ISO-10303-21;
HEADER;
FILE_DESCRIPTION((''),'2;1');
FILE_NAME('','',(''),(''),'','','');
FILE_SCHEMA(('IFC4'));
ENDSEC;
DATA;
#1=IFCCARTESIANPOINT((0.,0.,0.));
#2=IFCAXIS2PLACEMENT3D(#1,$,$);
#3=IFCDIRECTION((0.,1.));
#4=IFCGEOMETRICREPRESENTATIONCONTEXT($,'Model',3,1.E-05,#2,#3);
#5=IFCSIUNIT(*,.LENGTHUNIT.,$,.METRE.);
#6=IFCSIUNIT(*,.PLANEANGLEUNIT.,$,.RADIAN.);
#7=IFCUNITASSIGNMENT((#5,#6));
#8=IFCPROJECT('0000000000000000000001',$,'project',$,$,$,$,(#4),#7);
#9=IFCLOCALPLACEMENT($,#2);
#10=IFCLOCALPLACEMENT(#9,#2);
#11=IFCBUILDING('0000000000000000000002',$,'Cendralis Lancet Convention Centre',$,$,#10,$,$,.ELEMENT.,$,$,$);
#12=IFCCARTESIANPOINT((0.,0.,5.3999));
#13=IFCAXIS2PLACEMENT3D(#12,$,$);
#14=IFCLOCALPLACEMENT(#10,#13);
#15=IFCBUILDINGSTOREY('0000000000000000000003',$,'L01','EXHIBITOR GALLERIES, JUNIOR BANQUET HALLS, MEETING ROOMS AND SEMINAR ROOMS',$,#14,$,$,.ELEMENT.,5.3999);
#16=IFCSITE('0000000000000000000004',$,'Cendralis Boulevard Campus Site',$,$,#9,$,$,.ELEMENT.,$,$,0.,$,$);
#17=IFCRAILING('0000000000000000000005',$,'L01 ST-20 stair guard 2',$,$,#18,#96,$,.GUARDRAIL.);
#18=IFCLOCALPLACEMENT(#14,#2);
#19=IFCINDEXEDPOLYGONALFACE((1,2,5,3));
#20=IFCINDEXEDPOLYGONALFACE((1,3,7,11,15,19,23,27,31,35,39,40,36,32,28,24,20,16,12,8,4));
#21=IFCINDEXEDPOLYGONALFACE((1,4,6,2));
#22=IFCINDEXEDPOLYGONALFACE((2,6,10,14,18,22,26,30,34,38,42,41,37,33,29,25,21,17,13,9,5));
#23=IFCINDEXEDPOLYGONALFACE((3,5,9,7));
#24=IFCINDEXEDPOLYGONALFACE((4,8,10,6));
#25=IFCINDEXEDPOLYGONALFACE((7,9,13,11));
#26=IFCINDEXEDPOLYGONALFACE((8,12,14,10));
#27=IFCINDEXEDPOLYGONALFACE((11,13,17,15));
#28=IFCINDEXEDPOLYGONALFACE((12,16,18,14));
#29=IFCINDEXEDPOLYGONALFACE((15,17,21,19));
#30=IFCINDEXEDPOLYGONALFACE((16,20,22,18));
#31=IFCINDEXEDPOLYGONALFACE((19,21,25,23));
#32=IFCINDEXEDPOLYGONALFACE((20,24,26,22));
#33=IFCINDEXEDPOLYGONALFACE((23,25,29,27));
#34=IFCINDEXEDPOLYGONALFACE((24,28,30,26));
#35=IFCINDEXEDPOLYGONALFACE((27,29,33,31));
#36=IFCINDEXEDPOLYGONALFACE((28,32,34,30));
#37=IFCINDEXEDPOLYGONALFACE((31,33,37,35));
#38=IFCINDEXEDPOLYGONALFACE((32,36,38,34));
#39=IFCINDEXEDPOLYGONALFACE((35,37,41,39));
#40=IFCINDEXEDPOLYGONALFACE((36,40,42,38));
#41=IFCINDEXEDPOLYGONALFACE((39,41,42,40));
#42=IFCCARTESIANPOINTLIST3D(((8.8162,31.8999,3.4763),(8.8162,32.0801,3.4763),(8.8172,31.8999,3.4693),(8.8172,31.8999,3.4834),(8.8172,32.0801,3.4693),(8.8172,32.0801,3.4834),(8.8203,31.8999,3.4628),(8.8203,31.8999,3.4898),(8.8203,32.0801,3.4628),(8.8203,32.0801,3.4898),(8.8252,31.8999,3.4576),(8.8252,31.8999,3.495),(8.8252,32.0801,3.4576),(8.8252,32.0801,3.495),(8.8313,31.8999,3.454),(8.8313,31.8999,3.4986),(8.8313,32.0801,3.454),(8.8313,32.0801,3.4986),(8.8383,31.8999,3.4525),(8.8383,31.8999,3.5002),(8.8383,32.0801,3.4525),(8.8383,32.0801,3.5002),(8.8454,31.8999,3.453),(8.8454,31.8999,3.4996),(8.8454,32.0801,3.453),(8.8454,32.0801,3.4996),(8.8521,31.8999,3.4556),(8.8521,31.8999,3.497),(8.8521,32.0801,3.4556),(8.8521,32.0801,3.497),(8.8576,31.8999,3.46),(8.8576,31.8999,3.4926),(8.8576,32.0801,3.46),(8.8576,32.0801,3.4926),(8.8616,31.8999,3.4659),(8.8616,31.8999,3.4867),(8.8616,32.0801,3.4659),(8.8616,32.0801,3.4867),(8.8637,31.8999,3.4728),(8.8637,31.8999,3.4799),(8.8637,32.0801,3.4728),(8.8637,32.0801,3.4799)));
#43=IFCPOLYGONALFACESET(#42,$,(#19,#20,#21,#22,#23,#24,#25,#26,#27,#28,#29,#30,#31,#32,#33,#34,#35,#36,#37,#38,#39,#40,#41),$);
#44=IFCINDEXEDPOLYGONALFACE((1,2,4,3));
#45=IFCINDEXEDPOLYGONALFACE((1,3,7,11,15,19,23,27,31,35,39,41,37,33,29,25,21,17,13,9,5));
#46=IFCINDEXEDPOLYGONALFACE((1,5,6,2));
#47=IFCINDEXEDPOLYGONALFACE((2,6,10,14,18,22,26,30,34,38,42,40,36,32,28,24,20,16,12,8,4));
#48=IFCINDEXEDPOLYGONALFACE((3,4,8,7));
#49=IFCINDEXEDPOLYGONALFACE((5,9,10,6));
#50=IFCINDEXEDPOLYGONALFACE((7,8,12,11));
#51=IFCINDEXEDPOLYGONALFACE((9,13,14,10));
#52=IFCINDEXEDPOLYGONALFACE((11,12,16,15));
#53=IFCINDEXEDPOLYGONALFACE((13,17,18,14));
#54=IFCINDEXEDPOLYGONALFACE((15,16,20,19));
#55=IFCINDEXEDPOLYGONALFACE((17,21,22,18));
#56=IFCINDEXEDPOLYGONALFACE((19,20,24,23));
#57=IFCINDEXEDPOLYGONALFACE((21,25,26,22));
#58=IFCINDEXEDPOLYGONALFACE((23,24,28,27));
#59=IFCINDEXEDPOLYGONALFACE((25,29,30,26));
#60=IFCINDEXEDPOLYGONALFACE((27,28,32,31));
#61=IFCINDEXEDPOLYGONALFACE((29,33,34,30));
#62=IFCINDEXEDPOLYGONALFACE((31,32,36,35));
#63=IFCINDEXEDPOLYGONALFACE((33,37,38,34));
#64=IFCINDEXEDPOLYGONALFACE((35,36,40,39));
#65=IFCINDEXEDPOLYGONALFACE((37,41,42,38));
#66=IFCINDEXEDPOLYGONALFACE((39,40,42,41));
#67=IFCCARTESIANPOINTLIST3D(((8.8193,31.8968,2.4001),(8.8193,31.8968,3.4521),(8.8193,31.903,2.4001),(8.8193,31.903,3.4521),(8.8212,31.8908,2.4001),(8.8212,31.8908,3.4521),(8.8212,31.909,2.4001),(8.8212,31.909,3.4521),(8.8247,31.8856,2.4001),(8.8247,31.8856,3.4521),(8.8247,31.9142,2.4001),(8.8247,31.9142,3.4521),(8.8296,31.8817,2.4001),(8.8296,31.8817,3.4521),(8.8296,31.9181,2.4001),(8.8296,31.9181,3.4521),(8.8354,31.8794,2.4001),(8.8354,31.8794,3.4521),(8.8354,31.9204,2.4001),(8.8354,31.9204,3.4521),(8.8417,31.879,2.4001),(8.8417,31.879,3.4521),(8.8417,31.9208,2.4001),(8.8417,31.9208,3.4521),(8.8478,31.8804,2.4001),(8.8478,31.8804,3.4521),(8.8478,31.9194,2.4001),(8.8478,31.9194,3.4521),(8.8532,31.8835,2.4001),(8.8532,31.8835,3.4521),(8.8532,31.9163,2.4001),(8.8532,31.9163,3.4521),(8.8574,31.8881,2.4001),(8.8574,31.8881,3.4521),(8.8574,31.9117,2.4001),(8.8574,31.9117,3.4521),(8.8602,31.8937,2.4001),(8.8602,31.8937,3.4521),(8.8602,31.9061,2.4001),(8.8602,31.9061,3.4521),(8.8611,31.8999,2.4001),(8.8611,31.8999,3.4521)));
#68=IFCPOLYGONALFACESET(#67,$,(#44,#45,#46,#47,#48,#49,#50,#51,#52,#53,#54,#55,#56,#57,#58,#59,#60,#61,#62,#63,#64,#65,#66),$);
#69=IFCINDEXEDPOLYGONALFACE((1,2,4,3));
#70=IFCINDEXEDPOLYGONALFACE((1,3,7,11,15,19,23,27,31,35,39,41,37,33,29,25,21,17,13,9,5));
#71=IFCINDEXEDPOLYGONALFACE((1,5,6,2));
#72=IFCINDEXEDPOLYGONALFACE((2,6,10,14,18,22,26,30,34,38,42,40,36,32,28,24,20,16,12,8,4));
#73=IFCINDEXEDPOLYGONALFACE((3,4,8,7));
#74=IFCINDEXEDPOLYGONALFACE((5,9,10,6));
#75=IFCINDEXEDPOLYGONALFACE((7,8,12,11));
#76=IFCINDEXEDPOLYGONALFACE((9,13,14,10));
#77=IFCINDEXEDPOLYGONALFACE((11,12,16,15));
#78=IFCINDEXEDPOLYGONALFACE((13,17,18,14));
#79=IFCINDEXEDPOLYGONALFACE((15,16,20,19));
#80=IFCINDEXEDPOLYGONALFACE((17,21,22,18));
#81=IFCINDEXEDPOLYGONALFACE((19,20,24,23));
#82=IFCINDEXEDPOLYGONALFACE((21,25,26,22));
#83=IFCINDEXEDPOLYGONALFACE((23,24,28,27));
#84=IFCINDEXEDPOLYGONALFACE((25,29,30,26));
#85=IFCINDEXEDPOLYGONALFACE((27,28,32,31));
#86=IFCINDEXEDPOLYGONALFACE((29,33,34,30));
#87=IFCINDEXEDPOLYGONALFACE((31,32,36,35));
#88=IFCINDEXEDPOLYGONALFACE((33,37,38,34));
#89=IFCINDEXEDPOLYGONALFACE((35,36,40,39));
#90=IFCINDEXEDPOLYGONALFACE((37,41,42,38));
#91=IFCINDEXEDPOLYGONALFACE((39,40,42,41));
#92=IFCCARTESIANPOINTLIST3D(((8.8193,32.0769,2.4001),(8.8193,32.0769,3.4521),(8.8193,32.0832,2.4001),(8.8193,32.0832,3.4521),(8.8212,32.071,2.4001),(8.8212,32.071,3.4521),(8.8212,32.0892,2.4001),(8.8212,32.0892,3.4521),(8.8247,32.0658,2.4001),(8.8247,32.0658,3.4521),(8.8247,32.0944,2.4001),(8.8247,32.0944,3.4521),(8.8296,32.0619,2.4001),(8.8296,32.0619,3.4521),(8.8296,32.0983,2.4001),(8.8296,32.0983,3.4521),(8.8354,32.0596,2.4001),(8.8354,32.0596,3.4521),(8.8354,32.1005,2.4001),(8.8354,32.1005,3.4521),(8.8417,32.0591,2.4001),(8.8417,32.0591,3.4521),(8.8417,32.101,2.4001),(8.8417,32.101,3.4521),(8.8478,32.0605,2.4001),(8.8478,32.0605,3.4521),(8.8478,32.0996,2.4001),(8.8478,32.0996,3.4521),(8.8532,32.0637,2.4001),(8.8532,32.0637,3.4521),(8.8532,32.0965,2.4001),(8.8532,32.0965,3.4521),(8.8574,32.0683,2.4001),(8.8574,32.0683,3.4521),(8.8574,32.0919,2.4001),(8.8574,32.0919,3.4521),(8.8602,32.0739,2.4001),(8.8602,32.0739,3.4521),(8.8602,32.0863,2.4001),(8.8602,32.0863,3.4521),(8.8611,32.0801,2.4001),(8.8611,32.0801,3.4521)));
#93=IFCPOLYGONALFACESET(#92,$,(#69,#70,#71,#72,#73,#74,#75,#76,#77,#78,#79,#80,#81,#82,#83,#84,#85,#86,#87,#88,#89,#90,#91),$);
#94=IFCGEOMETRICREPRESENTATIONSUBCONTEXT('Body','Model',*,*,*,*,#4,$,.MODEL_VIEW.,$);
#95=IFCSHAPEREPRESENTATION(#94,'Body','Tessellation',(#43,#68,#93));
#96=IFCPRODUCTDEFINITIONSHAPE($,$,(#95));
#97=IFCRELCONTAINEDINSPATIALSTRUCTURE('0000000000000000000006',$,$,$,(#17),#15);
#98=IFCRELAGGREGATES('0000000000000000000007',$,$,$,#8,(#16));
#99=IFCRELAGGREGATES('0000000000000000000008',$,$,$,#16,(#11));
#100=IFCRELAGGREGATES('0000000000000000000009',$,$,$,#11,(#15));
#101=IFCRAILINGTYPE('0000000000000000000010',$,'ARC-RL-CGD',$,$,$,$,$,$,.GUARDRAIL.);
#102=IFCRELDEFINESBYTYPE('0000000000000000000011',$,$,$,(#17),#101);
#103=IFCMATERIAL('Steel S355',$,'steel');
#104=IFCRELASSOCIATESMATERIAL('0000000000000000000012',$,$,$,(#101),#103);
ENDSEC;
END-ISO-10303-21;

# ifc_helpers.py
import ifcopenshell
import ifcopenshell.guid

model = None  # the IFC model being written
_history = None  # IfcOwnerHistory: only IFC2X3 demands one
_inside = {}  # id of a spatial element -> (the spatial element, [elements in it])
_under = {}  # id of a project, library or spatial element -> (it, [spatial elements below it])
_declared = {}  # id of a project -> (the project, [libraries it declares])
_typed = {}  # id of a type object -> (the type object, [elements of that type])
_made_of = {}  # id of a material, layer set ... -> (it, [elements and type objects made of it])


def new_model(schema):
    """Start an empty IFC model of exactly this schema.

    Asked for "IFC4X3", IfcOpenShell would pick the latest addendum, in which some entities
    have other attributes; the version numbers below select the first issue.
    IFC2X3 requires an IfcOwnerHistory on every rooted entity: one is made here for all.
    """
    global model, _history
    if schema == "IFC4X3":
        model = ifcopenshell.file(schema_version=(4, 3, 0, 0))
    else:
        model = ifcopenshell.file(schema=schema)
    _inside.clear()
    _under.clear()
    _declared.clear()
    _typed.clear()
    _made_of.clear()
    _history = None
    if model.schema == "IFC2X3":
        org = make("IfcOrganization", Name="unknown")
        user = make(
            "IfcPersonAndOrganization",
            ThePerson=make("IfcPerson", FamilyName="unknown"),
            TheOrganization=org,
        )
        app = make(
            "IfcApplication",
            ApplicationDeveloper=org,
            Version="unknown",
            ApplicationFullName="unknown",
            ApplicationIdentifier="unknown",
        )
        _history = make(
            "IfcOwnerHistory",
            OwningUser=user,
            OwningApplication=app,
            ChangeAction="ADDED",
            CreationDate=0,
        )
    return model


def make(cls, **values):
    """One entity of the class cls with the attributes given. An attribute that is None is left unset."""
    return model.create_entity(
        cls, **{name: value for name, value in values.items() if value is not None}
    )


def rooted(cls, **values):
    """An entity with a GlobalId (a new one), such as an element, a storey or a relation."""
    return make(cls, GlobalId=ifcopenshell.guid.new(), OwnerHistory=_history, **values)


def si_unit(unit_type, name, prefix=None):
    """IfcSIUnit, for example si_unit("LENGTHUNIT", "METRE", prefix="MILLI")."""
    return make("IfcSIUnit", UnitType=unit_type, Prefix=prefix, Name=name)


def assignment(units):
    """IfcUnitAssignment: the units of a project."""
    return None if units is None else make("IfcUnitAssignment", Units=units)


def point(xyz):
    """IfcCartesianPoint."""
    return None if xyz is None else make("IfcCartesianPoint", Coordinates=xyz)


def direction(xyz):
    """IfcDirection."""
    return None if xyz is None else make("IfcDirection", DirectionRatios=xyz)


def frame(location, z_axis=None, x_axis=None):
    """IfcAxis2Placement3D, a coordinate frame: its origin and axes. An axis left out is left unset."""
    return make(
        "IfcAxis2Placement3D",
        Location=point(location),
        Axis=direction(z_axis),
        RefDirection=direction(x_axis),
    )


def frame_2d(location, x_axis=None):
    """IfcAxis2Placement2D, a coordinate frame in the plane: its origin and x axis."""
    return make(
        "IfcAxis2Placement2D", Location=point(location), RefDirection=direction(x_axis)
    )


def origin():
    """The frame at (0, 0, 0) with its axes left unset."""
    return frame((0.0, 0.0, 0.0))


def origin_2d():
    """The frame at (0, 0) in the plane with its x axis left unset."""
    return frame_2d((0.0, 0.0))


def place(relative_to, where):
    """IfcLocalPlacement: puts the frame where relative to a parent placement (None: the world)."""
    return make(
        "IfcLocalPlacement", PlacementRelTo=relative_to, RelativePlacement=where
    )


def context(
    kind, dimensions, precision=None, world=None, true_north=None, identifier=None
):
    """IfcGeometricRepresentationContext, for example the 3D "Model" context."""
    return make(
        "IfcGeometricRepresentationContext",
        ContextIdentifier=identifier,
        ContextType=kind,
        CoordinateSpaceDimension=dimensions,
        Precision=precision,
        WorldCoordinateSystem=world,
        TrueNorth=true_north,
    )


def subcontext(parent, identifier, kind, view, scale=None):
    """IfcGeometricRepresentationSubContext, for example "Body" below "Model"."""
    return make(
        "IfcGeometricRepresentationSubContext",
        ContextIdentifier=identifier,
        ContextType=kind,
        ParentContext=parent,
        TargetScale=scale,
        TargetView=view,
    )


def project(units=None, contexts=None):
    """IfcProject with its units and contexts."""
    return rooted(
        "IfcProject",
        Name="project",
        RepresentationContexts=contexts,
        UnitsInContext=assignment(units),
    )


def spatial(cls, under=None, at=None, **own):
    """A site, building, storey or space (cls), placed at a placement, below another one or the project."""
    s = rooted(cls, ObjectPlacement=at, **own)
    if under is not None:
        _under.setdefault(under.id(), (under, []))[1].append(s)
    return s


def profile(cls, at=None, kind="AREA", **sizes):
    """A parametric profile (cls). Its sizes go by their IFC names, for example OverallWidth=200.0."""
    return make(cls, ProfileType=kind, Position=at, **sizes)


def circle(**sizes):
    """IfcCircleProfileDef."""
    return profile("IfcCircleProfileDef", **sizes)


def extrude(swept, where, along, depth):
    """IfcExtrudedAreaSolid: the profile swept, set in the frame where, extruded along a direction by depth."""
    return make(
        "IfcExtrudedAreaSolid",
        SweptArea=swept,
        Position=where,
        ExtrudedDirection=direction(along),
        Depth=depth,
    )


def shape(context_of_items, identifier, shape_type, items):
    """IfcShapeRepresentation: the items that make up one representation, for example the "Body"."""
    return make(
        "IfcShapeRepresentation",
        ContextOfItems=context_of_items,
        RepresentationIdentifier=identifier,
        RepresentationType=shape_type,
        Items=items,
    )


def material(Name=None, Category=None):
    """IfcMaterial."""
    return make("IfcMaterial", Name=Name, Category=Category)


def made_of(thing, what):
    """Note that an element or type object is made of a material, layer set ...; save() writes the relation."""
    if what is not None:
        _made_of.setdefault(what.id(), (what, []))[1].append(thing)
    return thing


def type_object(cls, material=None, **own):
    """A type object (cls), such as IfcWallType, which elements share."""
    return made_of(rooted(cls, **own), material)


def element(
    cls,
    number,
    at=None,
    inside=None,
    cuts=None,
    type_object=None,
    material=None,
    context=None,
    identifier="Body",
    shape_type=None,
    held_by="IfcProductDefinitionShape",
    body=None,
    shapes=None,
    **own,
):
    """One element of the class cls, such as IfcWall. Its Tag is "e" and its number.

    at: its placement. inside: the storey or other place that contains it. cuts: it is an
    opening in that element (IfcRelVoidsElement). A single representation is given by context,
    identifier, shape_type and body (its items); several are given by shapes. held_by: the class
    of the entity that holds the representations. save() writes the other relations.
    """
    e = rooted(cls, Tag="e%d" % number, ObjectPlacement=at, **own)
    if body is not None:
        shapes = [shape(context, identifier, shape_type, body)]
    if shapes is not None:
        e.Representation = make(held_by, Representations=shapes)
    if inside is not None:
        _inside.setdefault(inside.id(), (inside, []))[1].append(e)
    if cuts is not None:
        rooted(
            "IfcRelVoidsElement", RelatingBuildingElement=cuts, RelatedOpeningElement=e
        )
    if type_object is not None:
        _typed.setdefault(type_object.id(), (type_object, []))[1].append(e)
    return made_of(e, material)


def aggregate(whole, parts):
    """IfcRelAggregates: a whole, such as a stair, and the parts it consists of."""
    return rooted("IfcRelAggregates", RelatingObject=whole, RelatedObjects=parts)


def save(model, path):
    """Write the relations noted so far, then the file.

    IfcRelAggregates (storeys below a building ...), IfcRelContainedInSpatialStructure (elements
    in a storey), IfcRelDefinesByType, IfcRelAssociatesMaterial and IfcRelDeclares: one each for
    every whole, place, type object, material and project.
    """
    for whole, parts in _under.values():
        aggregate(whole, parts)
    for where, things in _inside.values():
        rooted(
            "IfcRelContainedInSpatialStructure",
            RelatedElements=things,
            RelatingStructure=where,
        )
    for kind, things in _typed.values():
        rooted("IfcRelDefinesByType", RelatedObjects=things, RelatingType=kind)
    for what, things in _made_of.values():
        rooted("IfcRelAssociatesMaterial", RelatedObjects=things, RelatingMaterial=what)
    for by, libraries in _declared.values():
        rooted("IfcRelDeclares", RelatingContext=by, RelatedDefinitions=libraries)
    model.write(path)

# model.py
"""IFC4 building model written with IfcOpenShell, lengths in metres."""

from ifc_helpers import new_model, si_unit, direction, frame, origin, origin_2d, place, context, subcontext, project, spatial, circle, extrude, material, type_object, element, save


model = new_model("IFC4")

# Units and contexts
model_context = context("Model", 3, precision=1e-05, world=origin(), true_north=direction((0.0, 1.0)))
body_context = subcontext(model_context, "Body", "Model", "MODEL_VIEW")
ifc_project = project(units=[si_unit("LENGTHUNIT", "METRE"), si_unit("PLANEANGLEUNIT", "RADIAN")], contexts=[model_context])

# Site, building, storey
site_placement = place(None, origin())
site = spatial("IfcSite", under=ifc_project, at=site_placement, Name="Cendralis Boulevard Campus Site", CompositionType="ELEMENT", RefElevation=0.0)
building_placement = place(site_placement, origin())
building = spatial("IfcBuilding", under=site, at=building_placement, Name="Cendralis Lancet Convention Centre", CompositionType="ELEMENT")
storey_placement = place(building_placement, frame((0.0, 0.0, 5.3999)))
storey = spatial("IfcBuildingStorey", under=building, at=storey_placement, Name="L01", Description="EXHIBITOR GALLERIES, JUNIOR BANQUET HALLS, MEETING ROOMS AND SEMINAR ROOMS", CompositionType="ELEMENT", Elevation=5.3999)

# Shared definitions
ifc_material_1 = material(Name="Steel S355", Category="steel")

# Railing
railing_type_1 = type_object("IfcRailingType", Name="ARC-RL-CGD", PredefinedType="GUARDRAIL", material=ifc_material_1)
railing_1_placement = place(storey_placement, frame((8.8401, 31.8999, 2.4001)))
element("IfcRailing", 1, at=railing_1_placement, inside=storey, type_object=railing_type_1, Name="L01 ST-20 stair guard 2", PredefinedType="GUARDRAIL", context=body_context, shape_type="SweptSolid", body=[
    extrude(circle(Radius=0.0239, at=origin_2d()), frame((0.0, 0.0, 1.0762), z_axis=(0.0, 1.0, 0.0), x_axis=(-1.0, 0.0, 0.0)), (0.0, 0.0, 1.0), 0.1802),
    extrude(circle(Radius=0.021, at=origin_2d()), origin(), (0.0, 0.0, 1.0), 1.052),
    extrude(circle(Radius=0.021, at=origin_2d()), frame((0.0, 0.1802, 0.0)), (0.0, 0.0, 1.0), 1.052),
])

save(model, "model.ifc")
